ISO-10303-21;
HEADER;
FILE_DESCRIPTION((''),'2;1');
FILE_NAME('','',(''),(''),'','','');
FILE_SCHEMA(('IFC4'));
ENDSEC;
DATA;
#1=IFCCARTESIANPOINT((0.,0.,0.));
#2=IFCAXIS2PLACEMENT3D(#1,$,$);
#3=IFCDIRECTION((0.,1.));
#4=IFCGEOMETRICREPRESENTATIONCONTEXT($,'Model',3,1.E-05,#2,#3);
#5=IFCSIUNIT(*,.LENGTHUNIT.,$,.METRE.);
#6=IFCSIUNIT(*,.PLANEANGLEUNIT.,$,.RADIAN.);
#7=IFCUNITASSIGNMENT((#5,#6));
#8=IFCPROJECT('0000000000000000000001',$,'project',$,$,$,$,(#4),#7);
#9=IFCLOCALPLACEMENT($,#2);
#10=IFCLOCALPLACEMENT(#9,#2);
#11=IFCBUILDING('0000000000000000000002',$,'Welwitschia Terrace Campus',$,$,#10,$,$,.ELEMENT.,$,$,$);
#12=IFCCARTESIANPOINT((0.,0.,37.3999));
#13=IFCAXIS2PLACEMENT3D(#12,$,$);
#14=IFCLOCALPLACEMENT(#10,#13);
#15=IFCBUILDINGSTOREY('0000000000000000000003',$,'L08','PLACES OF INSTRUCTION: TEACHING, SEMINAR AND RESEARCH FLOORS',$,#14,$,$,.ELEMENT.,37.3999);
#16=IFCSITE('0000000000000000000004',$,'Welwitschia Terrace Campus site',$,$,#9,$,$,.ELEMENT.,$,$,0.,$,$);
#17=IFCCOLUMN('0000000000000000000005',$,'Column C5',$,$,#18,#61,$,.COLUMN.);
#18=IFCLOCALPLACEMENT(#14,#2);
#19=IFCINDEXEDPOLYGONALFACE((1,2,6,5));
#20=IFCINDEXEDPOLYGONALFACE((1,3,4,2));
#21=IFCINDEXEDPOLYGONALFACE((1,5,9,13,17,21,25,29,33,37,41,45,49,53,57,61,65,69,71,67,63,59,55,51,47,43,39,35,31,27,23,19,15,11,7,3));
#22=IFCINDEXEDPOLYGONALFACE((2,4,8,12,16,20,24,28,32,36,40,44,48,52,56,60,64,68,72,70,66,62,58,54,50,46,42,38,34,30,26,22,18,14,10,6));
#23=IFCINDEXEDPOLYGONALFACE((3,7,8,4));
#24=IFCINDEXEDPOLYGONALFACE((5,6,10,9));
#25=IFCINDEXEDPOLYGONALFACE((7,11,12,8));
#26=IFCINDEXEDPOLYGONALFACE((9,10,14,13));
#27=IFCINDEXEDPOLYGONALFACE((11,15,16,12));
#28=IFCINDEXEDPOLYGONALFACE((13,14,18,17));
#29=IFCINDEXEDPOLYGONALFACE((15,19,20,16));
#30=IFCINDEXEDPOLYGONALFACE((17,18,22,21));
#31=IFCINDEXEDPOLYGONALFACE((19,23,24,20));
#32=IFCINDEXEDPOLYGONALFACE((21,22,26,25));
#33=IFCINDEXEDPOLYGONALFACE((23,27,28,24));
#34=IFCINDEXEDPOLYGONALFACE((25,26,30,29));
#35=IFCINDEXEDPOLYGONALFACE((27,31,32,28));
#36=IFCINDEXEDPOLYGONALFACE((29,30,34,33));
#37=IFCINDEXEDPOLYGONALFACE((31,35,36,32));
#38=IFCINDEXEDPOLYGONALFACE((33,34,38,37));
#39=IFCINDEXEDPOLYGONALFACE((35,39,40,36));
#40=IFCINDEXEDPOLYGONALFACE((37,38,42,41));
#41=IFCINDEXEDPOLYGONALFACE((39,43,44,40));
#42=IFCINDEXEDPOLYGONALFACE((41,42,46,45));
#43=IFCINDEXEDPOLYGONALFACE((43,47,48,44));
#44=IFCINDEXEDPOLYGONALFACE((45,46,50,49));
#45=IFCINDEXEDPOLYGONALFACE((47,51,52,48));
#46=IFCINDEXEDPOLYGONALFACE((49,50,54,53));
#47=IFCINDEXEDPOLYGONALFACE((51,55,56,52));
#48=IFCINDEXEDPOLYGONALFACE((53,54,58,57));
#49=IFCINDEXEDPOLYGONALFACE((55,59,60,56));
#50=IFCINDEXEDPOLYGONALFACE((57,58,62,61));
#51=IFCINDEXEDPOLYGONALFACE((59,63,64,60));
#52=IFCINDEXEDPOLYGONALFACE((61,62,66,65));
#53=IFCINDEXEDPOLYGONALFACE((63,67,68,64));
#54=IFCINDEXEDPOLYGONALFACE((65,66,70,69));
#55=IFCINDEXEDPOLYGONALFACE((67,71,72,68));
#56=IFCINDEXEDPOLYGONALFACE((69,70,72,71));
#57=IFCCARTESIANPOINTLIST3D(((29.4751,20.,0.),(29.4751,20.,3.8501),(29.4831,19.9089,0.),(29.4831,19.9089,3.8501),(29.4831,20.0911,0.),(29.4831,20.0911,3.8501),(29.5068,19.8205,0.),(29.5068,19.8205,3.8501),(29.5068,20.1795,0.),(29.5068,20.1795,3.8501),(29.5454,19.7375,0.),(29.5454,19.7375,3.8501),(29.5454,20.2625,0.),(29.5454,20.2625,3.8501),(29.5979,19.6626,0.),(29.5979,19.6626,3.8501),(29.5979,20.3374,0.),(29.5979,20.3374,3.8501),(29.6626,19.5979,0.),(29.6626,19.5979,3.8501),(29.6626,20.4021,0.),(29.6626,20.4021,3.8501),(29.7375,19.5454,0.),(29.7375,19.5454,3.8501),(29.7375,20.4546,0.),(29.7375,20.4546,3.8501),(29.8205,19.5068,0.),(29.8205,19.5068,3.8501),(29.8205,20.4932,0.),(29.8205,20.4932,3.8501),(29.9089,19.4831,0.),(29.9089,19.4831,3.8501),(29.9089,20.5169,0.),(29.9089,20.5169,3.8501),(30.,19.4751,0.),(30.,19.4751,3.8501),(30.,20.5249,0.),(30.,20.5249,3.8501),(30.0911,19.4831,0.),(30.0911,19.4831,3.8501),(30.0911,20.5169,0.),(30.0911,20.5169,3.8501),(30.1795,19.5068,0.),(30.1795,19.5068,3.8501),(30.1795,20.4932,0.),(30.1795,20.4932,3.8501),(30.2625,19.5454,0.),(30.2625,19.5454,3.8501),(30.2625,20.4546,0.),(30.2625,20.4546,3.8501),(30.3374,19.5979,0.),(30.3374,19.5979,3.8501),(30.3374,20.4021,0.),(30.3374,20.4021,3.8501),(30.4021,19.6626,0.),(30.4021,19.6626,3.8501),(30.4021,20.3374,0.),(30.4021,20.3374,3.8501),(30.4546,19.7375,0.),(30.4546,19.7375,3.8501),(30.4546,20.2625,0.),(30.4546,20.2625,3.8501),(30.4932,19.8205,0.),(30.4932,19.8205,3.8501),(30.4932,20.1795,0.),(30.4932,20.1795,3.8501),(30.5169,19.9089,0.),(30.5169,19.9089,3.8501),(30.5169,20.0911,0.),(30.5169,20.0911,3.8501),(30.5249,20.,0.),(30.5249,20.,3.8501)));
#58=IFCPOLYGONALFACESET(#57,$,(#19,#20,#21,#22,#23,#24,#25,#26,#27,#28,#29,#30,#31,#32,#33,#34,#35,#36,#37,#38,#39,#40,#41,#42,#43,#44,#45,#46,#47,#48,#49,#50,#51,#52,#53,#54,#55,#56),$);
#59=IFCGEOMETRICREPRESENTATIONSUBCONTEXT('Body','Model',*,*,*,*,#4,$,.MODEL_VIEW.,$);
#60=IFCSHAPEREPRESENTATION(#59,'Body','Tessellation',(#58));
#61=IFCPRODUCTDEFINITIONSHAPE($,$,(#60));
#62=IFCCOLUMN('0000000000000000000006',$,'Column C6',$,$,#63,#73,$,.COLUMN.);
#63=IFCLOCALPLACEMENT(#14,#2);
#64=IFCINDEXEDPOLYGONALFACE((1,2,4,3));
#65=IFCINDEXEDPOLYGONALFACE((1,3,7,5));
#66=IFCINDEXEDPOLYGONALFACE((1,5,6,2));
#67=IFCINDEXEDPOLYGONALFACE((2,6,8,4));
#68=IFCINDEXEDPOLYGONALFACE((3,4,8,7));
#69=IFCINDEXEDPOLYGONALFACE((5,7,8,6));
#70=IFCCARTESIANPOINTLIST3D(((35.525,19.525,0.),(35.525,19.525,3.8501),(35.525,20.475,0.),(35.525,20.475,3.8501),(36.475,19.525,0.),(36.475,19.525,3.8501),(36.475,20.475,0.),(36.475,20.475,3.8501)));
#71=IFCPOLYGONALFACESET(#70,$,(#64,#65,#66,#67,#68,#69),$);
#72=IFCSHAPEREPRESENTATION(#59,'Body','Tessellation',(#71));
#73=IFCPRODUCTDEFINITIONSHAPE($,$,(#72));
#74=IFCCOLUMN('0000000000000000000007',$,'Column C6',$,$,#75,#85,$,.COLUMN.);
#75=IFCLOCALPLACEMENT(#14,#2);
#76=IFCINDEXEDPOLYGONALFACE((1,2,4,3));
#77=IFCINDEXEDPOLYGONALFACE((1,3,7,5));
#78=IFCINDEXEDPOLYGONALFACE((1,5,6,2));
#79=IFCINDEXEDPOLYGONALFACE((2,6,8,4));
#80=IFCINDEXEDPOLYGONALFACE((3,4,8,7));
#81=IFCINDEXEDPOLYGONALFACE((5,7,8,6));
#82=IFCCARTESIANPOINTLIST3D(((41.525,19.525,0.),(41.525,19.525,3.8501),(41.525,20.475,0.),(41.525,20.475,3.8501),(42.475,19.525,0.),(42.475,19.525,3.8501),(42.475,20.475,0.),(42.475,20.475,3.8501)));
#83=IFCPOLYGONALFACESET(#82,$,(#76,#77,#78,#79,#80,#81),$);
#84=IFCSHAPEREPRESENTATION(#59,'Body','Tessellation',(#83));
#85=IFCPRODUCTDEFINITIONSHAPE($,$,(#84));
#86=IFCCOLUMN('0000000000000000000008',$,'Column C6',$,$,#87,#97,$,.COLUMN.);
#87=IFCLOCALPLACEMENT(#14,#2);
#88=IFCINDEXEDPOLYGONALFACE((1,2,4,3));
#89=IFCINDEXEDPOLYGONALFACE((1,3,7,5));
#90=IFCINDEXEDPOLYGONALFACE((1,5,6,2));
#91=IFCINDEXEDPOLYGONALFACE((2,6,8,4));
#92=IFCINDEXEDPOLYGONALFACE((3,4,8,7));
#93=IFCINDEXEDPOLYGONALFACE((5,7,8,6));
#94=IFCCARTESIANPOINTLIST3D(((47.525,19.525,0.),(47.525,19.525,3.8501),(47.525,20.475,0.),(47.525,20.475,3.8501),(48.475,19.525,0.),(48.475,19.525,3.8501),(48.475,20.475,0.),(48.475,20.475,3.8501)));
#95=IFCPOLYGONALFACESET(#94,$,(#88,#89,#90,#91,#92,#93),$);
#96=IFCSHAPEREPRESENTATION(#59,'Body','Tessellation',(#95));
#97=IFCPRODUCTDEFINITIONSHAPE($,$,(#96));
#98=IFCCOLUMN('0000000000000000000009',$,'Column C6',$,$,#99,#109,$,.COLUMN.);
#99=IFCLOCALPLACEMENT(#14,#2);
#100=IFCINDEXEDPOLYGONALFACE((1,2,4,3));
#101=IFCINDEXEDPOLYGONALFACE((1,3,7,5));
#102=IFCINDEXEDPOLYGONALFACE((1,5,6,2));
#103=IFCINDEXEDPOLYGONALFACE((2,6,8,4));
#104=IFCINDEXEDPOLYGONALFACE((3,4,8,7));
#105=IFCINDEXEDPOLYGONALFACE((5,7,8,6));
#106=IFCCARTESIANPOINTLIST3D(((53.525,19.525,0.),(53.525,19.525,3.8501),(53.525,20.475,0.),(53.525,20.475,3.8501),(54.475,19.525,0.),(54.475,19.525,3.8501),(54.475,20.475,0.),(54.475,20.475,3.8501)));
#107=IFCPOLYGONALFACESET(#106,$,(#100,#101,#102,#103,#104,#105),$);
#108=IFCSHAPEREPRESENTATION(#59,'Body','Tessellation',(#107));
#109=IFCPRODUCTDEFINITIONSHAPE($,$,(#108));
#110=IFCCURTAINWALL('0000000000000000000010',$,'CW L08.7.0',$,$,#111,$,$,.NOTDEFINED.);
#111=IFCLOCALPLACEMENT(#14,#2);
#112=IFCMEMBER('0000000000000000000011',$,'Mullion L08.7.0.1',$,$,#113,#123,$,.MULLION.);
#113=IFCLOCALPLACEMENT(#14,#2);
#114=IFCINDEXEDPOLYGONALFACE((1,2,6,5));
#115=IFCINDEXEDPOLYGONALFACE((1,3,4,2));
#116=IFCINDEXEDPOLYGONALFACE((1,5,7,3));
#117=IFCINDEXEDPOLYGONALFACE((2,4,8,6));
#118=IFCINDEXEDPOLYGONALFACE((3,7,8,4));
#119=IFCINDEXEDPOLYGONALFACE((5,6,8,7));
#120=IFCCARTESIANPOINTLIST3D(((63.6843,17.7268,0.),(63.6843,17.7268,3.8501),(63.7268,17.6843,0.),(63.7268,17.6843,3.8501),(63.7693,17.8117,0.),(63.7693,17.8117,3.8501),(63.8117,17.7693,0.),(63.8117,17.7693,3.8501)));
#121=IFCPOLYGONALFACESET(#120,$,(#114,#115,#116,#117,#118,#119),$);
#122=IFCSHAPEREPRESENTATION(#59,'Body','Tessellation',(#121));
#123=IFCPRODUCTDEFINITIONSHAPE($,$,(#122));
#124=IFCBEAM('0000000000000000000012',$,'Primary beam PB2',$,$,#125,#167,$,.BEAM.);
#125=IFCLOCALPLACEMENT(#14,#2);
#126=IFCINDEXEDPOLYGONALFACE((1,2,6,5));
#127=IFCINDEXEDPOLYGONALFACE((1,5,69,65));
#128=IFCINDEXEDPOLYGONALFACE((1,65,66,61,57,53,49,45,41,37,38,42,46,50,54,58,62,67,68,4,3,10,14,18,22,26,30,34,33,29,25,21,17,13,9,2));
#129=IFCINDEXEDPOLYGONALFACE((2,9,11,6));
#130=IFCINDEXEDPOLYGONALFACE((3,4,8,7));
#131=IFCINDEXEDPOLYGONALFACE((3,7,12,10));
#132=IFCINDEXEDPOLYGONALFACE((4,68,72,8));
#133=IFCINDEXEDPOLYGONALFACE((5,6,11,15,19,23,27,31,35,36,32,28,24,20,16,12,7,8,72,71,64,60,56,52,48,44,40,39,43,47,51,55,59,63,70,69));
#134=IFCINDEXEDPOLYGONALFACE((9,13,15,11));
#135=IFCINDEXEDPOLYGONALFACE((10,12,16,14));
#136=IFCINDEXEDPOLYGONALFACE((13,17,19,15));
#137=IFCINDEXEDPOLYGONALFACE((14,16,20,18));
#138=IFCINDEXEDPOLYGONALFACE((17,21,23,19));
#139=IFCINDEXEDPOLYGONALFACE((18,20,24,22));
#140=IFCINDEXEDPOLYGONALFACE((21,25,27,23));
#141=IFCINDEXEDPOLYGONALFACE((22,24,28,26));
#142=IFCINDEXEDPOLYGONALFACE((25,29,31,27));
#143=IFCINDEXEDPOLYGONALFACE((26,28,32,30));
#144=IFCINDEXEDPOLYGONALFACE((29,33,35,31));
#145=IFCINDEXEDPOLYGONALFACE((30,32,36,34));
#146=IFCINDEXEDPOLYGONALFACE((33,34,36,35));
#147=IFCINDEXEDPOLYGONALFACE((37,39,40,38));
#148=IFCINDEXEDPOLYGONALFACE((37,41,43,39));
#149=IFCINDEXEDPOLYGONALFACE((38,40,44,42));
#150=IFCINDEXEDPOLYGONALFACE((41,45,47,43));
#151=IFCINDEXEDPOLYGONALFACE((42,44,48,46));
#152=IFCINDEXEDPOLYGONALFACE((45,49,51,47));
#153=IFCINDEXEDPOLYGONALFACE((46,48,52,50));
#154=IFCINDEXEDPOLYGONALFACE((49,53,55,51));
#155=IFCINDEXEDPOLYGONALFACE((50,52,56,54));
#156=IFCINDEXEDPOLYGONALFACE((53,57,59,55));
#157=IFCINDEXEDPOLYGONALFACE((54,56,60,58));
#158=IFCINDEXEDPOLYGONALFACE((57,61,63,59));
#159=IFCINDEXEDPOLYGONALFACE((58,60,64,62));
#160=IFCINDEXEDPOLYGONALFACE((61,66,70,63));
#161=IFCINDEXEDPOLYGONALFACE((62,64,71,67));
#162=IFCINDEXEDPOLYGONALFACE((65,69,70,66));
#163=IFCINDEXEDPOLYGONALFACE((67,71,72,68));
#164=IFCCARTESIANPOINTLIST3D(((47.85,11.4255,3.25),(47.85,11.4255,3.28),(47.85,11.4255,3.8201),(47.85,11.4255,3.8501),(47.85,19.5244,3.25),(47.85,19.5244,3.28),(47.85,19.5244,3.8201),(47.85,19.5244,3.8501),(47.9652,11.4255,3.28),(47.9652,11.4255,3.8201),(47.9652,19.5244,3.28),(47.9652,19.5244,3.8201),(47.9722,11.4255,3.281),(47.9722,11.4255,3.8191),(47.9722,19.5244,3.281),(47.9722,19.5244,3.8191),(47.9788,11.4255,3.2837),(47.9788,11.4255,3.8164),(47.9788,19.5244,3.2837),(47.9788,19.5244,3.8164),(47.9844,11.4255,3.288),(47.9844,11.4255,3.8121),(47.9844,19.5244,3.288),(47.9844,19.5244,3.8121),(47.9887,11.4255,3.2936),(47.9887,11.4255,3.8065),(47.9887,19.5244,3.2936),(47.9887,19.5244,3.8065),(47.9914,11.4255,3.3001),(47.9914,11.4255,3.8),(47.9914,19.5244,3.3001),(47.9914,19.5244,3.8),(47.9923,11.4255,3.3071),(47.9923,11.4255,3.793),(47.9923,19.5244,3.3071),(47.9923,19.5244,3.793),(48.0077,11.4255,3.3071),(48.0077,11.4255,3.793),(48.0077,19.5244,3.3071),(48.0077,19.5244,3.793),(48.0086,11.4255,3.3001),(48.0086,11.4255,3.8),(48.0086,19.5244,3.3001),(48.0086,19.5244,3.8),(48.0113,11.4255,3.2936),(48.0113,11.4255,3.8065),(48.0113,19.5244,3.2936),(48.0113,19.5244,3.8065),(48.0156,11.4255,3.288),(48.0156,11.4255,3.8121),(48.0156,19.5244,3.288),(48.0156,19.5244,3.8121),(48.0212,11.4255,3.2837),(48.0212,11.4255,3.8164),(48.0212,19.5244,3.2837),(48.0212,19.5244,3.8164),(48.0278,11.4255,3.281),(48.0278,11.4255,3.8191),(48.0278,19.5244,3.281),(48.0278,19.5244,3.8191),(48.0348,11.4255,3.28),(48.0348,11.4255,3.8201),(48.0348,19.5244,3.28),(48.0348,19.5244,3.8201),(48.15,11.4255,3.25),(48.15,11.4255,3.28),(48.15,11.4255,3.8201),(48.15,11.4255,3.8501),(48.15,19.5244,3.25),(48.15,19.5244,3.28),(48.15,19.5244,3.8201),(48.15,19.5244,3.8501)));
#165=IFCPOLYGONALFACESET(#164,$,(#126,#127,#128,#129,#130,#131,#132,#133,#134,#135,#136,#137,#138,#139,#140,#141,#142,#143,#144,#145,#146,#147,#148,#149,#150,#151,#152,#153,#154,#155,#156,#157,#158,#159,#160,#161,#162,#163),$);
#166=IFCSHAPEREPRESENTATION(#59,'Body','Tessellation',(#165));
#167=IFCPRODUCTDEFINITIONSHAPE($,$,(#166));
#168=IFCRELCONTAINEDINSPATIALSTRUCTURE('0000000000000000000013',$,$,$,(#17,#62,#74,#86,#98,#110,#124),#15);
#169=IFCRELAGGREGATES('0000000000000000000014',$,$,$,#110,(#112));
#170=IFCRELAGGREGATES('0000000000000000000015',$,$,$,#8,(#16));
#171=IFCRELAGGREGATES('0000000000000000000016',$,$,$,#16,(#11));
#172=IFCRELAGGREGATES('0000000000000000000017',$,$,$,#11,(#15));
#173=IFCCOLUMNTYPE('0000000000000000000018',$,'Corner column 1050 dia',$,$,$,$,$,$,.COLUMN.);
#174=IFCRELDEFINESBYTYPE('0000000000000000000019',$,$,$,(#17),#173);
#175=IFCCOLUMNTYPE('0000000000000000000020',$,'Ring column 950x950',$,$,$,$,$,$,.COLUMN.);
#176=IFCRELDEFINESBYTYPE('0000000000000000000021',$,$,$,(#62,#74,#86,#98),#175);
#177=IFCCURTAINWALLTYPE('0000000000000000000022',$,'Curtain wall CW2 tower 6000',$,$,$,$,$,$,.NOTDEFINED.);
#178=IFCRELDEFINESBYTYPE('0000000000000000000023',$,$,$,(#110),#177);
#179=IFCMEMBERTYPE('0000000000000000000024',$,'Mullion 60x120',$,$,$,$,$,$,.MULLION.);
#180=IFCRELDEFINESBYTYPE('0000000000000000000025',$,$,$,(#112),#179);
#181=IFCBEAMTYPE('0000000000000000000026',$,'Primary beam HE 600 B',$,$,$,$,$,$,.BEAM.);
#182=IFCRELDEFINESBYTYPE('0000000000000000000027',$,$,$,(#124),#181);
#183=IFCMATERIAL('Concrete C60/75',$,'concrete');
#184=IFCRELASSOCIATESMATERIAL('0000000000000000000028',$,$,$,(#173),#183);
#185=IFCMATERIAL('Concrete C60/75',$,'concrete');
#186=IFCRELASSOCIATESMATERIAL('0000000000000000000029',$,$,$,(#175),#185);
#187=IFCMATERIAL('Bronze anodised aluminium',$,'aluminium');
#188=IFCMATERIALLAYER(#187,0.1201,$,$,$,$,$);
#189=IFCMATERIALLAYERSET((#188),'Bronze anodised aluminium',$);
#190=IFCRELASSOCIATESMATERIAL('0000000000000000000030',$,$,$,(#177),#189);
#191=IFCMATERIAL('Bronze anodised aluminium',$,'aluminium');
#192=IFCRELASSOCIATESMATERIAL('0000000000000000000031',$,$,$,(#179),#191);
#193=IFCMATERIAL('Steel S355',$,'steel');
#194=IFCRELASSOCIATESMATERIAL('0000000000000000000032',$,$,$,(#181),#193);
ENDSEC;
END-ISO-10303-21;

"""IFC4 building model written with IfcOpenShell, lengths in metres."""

from ifc_helpers import new_model, si_unit, direction, frame, origin, origin_2d, place, context, subcontext, project, spatial, rectangle, circle, i_section, extrude, material, layer, layer_set, material_profile, profile_set, type_object, element, aggregate, save


model = new_model("IFC4")

# Units and contexts
model_context = context("Model", 3, precision=1e-05, world=origin(), true_north=direction((0.0, 1.0)))
body_context = subcontext(model_context, "Body", "Model", "MODEL_VIEW")
ifc_project = project(units=[si_unit("LENGTHUNIT", "METRE"), si_unit("PLANEANGLEUNIT", "RADIAN")], contexts=[model_context])

# Site, building, storey
site_placement = place(None, origin())
site = spatial("IfcSite", under=ifc_project, at=site_placement, Name="Welwitschia Terrace Campus site", CompositionType="ELEMENT", RefElevation=0.0)
building_placement = place(site_placement, origin())
building = spatial("IfcBuilding", under=site, at=building_placement, Name="Welwitschia Terrace Campus", CompositionType="ELEMENT")
storey_placement = place(building_placement, frame((0.0, 0.0, 37.3999)))
storey = spatial("IfcBuildingStorey", under=building, at=storey_placement, Name="L08", Description="PLACES OF INSTRUCTION: TEACHING, SEMINAR AND RESEARCH FLOORS", CompositionType="ELEMENT", Elevation=37.3999)

# Columns
ifc_material_1 = material(Name="Concrete C60/75", Category="concrete")
ifc_material_profile_1 = material_profile(ifc_material_1, circle(Radius=0.5249, at=origin_2d()))
ifc_profile_set_1 = profile_set([ifc_material_profile_1], Name="Concrete C60/75")
column_type_1 = type_object("IfcColumnType", Name="Corner column 1050 dia", PredefinedType="COLUMN", material=ifc_profile_set_1)
column_placement = place(storey_placement, frame((30.0, 20.0, 0.0), z_axis=(0.0, 0.0, 1.0), x_axis=(1.0, 0.0, 0.0)))
element("IfcColumn", 1, at=column_placement, inside=storey, type_object=column_type_1, Name="Column C5", PredefinedType="COLUMN", context=body_context, shape_type="SweptSolid", body=[
    extrude(circle(Radius=0.5249, at=origin_2d()), origin(), (0.0, 0.0, 1.0), 3.8501),
])
ifc_material_2 = material(Name="Concrete C60/75", Category="concrete")
ifc_material_profile_2 = material_profile(ifc_material_2, rectangle(XDim=0.95, YDim=0.95, at=origin_2d()))
ifc_profile_set_2 = profile_set([ifc_material_profile_2], Name="Concrete C60/75")
column_type_2 = type_object("IfcColumnType", Name="Ring column 950x950", PredefinedType="COLUMN", material=ifc_profile_set_2)
for number, where, z_axis, x_axis, name in (
    (2, (36.0, 20.0, 0.0), (0.0, 0.0, 1.0), (1.0, 0.0, 0.0), "Column C6"),
    (3, (42.0, 20.0, 0.0), (0.0, 0.0, 1.0), (1.0, 0.0, 0.0), "Column C6"),
    (4, (48.0, 20.0, 0.0), (0.0, 0.0, 1.0), (1.0, 0.0, 0.0), "Column C6"),
    (5, (54.0, 20.0, 0.0), (0.0, 0.0, 1.0), (1.0, 0.0, 0.0), "Column C6"),
):
    element("IfcColumn", number, at=place(storey_placement, frame(where, z_axis=z_axis, x_axis=x_axis)), inside=storey, type_object=column_type_2, Name=name, PredefinedType="COLUMN", context=body_context, shape_type="SweptSolid", body=[
        extrude(rectangle(XDim=0.95, YDim=0.95, at=origin_2d()), origin(), (0.0, 0.0, 1.0), 3.8501),
    ])

# Curtain wall, member
ifc_material_3 = material(Name="Bronze anodised aluminium", Category="aluminium")
ifc_layer_1 = layer(ifc_material_3, 0.1201)
ifc_layer_set_1 = layer_set([ifc_layer_1], Name="Bronze anodised aluminium")
curtain_wall_type = type_object("IfcCurtainWallType", Name="Curtain wall CW2 tower 6000", PredefinedType="NOTDEFINED", material=ifc_layer_set_1)
curtain_wall_placement = place(storey_placement, origin())
curtain_wall = element("IfcCurtainWall", 6, at=curtain_wall_placement, inside=storey, type_object=curtain_wall_type, Name="CW L08.7.0", PredefinedType="NOTDEFINED")
ifc_material_4 = material(Name="Bronze anodised aluminium", Category="aluminium")
ifc_material_profile_3 = material_profile(ifc_material_4, rectangle(XDim=0.1201, YDim=0.0601, at=origin_2d()))
ifc_profile_set_3 = profile_set([ifc_material_profile_3], Name="Bronze anodised aluminium")
member_type = type_object("IfcMemberType", Name="Mullion 60x120", PredefinedType="MULLION", material=ifc_profile_set_3)
member_placement = place(storey_placement, frame((63.748, 17.748, 0.0), z_axis=(0.0, 0.0, 1.0), x_axis=(-0.707107, -0.707107, 0.0)))
member = element("IfcMember", 7, at=member_placement, type_object=member_type, Name="Mullion L08.7.0.1", PredefinedType="MULLION", context=body_context, shape_type="SweptSolid", body=[
    extrude(rectangle(XDim=0.1201, YDim=0.0601, at=origin_2d()), origin(), (0.0, 0.0, 1.0), 3.8501),
])

# Beam
ifc_material_5 = material(Name="Steel S355", Category="steel")
ifc_material_profile_4 = material_profile(ifc_material_5, i_section(OverallWidth=0.3, OverallDepth=0.6001, WebThickness=0.0154, FlangeThickness=0.03, FilletRadius=0.0271, at=origin_2d()))
ifc_profile_set_4 = profile_set([ifc_material_profile_4], Name="Steel S355")
beam_type_1 = type_object("IfcBeamType", Name="Primary beam HE 600 B", PredefinedType="BEAM", material=ifc_profile_set_4)
for number, where, z_axis, x_axis, name in (
    (8, (48.0, 19.5244, 3.55), (0.0, -1.0, 0.0), (1.0, 0.0, 0.0), "Primary beam PB2"),
):
    element("IfcBeam", number, at=place(storey_placement, frame(where, z_axis=z_axis, x_axis=x_axis)), inside=storey, type_object=beam_type_1, Name=name, PredefinedType="BEAM", context=body_context, shape_type="SweptSolid", body=[
        extrude(i_section(OverallWidth=0.3, OverallDepth=0.6001, WebThickness=0.0154, FlangeThickness=0.03, FilletRadius=0.0271, at=origin_2d()), origin(), (0.0, 0.0, 1.0), 8.0989),
    ])

aggregate(curtain_wall, [member])

save(model, "model.ifc")
